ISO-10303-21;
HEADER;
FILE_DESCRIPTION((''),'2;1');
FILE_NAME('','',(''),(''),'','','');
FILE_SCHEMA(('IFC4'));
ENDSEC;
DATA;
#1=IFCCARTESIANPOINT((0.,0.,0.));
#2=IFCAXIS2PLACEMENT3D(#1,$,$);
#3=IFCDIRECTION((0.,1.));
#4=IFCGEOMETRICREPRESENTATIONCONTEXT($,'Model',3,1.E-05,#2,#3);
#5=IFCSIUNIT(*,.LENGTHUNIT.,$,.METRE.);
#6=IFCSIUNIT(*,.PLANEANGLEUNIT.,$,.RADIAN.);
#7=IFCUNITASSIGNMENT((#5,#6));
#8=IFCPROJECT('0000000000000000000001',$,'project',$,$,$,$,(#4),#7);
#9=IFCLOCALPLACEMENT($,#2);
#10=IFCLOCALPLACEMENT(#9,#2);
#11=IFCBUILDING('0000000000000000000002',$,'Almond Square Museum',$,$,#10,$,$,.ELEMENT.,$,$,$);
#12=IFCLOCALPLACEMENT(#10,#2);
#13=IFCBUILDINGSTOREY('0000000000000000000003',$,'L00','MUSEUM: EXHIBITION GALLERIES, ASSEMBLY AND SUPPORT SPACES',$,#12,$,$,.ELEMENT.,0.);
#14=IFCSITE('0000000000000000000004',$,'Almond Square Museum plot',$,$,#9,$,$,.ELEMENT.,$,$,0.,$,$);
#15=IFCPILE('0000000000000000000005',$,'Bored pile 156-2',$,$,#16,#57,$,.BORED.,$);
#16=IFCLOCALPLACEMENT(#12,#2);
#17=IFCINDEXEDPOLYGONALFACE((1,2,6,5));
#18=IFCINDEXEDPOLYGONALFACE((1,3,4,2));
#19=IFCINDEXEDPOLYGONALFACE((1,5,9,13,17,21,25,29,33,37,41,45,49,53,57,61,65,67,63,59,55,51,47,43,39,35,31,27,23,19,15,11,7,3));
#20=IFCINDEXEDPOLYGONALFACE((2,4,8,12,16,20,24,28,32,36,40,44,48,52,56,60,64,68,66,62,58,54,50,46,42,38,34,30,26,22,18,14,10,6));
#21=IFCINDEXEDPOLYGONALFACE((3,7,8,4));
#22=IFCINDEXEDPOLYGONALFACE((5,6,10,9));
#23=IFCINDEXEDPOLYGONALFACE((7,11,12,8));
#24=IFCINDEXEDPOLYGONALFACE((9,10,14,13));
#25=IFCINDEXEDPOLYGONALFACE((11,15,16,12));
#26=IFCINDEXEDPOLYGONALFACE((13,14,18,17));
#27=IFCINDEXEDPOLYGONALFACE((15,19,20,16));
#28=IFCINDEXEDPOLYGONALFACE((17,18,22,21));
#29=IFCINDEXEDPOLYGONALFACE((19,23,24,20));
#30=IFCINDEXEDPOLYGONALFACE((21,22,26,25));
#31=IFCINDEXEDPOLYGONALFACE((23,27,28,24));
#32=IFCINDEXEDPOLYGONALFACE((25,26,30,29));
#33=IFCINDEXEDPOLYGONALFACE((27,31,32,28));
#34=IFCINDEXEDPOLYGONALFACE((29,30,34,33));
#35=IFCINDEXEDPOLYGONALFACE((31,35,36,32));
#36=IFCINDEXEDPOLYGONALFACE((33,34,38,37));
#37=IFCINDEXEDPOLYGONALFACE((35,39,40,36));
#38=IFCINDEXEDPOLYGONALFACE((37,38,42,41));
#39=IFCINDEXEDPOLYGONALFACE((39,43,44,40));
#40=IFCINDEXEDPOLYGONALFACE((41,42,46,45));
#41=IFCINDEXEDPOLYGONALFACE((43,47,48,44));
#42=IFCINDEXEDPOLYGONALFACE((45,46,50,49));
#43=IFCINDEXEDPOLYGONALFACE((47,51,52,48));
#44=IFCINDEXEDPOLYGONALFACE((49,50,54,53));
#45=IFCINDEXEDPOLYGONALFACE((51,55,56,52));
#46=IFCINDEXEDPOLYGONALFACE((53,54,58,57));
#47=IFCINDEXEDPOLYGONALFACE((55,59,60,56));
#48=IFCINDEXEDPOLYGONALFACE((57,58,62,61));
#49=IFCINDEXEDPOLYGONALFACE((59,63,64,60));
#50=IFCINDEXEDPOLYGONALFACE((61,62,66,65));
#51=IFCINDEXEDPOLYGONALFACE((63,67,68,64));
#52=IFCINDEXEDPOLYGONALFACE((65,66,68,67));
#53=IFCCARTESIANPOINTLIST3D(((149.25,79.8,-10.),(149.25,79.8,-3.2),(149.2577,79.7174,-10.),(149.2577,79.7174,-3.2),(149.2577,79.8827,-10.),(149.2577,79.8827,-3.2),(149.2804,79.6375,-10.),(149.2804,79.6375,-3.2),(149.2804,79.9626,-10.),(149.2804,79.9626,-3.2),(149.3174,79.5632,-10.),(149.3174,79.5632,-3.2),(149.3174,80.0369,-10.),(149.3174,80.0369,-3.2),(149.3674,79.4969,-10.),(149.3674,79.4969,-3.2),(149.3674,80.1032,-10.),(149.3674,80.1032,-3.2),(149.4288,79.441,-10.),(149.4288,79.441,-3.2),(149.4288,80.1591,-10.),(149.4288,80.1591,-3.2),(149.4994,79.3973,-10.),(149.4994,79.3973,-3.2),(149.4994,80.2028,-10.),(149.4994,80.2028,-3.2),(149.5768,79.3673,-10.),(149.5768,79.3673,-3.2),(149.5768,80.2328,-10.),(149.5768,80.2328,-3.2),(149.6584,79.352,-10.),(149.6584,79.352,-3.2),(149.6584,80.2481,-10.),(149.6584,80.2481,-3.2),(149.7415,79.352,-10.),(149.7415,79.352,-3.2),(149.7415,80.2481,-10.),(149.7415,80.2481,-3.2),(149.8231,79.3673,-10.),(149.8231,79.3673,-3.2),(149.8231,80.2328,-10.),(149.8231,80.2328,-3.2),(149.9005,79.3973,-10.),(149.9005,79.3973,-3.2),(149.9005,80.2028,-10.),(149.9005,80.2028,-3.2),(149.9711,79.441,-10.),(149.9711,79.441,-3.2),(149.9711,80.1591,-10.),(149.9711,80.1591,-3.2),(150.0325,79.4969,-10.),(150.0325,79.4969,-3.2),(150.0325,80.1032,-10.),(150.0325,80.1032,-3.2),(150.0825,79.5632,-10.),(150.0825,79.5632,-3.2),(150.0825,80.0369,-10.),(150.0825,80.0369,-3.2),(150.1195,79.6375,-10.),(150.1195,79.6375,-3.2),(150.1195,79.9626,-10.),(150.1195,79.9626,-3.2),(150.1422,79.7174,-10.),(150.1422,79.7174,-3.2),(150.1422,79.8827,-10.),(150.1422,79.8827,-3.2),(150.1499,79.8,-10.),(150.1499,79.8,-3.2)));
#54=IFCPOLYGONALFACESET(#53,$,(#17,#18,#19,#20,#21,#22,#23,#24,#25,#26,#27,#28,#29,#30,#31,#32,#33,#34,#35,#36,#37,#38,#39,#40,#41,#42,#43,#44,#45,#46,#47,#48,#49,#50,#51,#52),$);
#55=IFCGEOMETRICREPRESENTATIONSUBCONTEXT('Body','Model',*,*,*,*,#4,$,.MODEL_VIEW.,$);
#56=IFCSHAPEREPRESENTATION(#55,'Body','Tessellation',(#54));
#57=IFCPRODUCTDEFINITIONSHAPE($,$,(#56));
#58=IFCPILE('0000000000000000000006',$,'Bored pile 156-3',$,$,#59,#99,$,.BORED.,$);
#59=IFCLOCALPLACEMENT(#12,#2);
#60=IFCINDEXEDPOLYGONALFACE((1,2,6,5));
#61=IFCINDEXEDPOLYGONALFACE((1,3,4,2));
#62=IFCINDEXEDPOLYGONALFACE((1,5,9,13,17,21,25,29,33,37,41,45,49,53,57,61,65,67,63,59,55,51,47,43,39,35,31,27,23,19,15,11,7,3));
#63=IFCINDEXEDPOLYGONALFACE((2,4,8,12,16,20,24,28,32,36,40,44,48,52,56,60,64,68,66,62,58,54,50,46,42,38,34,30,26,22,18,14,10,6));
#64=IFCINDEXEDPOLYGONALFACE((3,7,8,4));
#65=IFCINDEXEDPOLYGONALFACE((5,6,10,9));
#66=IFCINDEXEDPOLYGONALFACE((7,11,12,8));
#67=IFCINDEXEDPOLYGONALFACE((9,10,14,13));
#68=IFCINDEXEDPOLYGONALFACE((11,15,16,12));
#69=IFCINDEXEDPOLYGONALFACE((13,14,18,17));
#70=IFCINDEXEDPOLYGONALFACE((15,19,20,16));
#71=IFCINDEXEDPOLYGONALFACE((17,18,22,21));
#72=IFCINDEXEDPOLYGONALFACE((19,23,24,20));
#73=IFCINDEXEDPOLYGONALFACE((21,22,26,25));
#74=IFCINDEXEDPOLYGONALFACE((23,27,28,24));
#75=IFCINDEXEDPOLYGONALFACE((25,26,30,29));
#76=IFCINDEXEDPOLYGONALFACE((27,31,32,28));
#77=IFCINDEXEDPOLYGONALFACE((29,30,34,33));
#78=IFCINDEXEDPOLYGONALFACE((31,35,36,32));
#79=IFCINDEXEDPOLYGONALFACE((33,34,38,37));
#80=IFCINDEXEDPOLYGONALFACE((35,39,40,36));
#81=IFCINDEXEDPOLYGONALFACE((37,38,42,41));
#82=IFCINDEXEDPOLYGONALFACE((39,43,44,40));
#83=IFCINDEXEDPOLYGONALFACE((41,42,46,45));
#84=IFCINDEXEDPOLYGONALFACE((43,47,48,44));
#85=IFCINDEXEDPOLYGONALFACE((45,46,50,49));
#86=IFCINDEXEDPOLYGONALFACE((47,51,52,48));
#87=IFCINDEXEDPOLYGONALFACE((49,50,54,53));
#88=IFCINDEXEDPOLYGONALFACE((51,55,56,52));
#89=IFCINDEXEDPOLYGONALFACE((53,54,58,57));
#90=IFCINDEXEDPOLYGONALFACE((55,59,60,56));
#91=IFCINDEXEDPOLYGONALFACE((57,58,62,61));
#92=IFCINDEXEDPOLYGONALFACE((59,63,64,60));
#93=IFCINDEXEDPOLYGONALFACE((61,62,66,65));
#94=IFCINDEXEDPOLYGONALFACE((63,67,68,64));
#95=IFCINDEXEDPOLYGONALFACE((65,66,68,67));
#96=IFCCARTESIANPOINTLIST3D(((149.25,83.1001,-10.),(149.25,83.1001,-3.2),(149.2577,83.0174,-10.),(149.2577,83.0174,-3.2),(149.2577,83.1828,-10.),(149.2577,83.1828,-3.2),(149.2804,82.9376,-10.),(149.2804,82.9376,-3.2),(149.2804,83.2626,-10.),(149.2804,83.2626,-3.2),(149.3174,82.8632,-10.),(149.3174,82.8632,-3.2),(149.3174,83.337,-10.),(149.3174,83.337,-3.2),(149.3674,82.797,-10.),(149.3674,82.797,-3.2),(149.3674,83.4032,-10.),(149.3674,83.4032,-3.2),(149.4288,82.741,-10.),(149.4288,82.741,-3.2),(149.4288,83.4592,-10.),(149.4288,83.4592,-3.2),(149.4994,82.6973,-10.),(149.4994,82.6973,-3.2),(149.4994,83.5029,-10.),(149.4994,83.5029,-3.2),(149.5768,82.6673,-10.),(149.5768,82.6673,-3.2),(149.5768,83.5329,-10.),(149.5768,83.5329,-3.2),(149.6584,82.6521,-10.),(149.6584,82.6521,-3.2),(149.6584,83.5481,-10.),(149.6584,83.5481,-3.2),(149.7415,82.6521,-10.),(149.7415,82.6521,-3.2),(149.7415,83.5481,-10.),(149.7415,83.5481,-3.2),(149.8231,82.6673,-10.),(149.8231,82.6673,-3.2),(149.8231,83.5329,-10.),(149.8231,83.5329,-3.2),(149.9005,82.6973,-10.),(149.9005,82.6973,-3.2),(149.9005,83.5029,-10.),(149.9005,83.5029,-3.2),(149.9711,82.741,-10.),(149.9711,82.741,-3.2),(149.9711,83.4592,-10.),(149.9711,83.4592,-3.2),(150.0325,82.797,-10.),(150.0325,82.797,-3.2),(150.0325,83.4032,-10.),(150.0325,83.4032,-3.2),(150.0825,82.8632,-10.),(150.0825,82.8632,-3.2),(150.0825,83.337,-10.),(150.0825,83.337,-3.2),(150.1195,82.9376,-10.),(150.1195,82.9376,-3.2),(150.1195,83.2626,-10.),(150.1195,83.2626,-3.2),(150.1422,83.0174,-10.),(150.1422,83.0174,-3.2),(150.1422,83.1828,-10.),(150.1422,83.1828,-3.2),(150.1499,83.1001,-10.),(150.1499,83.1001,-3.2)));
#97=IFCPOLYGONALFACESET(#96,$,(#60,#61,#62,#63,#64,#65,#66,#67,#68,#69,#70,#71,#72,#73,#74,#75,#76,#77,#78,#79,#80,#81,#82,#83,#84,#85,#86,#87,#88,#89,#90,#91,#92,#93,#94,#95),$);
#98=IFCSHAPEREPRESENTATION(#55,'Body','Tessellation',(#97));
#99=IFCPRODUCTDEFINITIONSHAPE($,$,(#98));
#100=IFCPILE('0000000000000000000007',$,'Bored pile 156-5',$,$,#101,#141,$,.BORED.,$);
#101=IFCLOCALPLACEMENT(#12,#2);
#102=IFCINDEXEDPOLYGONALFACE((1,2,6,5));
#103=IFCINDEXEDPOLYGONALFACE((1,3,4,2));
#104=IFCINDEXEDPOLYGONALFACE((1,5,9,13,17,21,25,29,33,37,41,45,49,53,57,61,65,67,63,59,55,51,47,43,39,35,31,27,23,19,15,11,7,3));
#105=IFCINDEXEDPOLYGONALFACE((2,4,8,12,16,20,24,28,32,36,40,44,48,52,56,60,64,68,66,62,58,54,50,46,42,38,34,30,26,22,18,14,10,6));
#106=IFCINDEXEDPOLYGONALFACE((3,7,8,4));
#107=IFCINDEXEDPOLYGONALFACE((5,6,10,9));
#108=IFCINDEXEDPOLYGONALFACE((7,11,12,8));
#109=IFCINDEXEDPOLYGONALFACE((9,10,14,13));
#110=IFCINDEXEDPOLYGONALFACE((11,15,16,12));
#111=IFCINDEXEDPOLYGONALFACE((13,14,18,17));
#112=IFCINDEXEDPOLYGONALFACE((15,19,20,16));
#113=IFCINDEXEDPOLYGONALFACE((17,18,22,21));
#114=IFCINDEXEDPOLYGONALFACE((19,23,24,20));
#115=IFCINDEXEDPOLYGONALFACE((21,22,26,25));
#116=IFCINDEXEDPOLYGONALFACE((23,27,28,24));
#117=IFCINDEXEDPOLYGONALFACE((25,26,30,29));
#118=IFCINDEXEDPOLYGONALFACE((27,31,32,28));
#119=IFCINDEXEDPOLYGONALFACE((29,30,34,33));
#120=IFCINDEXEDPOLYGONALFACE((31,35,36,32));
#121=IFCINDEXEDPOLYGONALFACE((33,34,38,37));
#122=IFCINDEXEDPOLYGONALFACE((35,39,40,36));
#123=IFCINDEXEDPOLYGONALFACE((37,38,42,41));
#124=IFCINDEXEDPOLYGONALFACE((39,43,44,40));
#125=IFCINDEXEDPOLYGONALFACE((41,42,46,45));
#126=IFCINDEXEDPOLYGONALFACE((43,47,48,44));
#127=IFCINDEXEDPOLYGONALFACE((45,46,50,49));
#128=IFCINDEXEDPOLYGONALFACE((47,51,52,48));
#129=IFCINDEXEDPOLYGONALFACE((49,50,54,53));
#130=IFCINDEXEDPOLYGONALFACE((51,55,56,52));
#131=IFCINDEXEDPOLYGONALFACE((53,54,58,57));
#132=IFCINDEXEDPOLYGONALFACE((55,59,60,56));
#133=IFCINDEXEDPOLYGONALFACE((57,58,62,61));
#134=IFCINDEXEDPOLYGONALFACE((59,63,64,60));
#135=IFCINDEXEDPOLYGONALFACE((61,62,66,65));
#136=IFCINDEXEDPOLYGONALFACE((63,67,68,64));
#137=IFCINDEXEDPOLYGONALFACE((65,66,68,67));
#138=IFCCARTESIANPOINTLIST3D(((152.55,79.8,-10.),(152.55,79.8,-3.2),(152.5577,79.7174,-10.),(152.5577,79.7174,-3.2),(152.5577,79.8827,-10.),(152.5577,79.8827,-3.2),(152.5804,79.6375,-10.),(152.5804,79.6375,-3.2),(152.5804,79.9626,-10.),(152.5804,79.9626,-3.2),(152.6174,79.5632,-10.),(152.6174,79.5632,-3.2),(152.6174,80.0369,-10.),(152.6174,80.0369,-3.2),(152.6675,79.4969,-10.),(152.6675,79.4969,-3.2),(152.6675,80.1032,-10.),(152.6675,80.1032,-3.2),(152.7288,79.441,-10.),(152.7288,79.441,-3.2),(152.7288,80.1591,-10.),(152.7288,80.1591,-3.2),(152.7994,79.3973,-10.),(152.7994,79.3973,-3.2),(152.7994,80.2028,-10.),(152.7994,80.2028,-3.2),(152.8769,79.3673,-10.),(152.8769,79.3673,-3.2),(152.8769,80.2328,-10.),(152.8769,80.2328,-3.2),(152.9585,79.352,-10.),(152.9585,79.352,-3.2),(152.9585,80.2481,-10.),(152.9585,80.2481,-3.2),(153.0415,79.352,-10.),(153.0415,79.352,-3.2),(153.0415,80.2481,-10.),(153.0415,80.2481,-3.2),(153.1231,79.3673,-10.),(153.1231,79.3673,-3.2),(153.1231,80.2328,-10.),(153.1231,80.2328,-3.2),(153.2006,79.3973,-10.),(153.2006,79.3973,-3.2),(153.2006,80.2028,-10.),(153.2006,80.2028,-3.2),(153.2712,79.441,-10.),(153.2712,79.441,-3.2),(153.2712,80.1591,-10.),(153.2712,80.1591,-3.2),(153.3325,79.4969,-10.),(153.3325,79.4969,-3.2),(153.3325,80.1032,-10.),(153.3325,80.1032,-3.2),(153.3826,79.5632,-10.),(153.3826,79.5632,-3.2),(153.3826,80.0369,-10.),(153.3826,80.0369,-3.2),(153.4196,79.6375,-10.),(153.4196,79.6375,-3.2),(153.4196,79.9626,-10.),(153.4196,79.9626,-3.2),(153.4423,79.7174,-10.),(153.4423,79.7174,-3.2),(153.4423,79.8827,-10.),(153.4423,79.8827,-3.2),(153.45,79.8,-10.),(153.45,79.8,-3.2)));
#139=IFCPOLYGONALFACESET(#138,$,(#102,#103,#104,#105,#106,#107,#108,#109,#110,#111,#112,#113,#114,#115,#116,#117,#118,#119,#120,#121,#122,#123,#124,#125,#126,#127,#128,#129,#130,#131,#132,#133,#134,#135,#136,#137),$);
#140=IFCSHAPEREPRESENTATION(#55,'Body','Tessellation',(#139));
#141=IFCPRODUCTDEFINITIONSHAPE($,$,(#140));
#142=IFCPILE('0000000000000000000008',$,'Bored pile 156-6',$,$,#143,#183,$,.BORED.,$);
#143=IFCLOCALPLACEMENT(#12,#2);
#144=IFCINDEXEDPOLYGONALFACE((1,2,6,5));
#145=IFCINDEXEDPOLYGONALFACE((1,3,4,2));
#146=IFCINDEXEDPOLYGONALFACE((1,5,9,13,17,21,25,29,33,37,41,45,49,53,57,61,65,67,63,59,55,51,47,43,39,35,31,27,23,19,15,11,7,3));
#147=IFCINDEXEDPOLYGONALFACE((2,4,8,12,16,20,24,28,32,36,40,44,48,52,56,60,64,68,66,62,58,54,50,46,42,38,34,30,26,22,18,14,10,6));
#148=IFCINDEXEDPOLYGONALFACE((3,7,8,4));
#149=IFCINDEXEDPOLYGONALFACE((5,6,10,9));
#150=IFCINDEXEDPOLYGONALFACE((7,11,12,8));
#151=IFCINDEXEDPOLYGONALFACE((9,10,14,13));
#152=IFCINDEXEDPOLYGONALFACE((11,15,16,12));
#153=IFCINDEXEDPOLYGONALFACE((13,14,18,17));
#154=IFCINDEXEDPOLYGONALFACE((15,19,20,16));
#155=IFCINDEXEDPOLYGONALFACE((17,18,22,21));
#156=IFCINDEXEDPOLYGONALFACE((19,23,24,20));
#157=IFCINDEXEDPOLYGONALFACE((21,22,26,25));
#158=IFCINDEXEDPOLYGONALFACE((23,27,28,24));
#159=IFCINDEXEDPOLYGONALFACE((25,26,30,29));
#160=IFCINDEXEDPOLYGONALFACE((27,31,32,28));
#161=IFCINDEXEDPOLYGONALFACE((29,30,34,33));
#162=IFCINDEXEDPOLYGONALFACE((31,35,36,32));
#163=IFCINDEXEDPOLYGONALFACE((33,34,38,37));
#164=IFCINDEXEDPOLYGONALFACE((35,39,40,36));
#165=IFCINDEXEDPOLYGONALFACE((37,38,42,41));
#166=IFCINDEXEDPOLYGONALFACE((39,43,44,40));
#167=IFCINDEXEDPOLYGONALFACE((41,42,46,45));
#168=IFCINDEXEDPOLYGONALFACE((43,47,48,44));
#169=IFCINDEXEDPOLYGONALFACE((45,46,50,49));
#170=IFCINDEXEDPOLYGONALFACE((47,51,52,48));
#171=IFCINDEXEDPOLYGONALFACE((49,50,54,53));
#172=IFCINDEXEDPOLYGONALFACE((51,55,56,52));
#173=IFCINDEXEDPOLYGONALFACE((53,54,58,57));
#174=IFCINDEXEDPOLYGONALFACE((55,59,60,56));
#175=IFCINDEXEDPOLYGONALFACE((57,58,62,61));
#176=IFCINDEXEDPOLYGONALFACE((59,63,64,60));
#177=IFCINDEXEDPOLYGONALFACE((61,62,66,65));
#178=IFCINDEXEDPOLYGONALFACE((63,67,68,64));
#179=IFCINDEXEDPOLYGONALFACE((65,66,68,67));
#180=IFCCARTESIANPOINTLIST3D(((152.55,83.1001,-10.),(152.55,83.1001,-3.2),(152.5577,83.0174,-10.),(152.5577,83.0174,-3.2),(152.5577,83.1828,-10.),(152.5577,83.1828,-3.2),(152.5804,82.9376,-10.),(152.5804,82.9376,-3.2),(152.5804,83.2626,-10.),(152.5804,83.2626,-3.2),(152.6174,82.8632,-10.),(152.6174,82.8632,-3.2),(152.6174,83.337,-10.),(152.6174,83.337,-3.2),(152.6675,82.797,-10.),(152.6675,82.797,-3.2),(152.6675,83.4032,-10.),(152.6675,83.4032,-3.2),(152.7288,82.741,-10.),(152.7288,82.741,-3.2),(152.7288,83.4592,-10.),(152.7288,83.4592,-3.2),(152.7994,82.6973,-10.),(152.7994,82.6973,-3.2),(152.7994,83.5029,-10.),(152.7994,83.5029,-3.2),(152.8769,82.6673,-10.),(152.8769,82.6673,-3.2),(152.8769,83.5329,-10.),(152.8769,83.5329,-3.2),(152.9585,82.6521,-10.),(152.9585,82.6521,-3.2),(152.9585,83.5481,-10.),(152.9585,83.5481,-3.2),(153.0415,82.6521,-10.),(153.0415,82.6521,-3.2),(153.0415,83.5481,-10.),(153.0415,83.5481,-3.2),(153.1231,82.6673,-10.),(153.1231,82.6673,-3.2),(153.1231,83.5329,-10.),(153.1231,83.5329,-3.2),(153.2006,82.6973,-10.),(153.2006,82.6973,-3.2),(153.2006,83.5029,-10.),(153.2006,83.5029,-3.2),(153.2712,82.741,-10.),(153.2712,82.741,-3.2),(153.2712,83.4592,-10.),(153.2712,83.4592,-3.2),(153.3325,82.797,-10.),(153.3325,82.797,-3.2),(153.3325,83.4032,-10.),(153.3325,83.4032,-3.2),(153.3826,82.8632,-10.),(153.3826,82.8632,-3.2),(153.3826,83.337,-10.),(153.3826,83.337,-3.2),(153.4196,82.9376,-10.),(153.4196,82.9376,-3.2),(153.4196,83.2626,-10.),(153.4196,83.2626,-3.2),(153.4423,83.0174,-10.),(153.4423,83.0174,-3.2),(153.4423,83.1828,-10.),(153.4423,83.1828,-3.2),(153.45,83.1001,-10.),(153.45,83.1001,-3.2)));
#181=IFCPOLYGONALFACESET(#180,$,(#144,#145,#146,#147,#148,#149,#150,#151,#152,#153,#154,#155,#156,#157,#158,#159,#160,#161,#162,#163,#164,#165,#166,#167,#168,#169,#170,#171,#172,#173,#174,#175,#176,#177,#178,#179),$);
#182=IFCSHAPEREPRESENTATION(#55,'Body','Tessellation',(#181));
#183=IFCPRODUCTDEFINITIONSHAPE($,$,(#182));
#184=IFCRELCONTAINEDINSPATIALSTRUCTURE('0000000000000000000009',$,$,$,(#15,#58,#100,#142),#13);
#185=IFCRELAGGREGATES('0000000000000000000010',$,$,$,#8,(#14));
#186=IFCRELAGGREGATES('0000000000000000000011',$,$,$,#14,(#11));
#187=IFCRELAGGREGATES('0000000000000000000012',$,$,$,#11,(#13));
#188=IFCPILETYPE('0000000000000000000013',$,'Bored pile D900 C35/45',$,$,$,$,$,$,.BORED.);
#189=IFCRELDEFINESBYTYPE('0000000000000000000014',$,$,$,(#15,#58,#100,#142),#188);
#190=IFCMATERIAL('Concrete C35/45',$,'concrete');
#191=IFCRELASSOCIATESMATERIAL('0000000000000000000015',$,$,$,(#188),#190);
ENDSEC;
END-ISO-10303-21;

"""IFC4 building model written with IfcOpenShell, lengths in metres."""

from ifc_helpers import new_model, si_unit, direction, frame, origin, origin_2d, place, context, subcontext, project, spatial, circle, extrude, material, material_profile, profile_set, type_object, element, save


model = new_model("IFC4")

# Units and contexts
model_context = context("Model", 3, precision=1e-05, world=origin(), true_north=direction((0.0, 1.0)))
body_context = subcontext(model_context, "Body", "Model", "MODEL_VIEW")
ifc_project = project(units=[si_unit("LENGTHUNIT", "METRE"), si_unit("PLANEANGLEUNIT", "RADIAN")], contexts=[model_context])

# Site, building, storey
site_placement = place(None, origin())
site = spatial("IfcSite", under=ifc_project, at=site_placement, Name="Almond Square Museum plot", CompositionType="ELEMENT", RefElevation=0.0)
building_placement = place(site_placement, origin())
building = spatial("IfcBuilding", under=site, at=building_placement, Name="Almond Square Museum", CompositionType="ELEMENT")
storey_placement = place(building_placement, origin())
storey = spatial("IfcBuildingStorey", under=building, at=storey_placement, Name="L00", Description="MUSEUM: EXHIBITION GALLERIES, ASSEMBLY AND SUPPORT SPACES", CompositionType="ELEMENT", Elevation=0.0)

# Piles
ifc_material_1 = material(Name="Concrete C35/45", Category="concrete")
ifc_material_profile_1 = material_profile(ifc_material_1, circle(Radius=0.45, at=origin_2d()))
ifc_profile_set_1 = profile_set([ifc_material_profile_1], Name="Concrete C35/45")
pile_type = type_object("IfcPileType", Name="Bored pile D900 C35/45", PredefinedType="BORED", material=ifc_profile_set_1)
for number, where, z_axis, x_axis, name in (
    (1, (149.7, 79.8, -3.2), (0.0, 0.0, -1.0), (1.0, 0.0, 0.0), "Bored pile 156-2"),
    (2, (149.7, 83.1001, -3.2), (0.0, 0.0, -1.0), (1.0, 0.0, 0.0), "Bored pile 156-3"),
    (3, (153.0, 79.8, -3.2), (0.0, 0.0, -1.0), (1.0, 0.0, 0.0), "Bored pile 156-5"),
    (4, (153.0, 83.1001, -3.2), (0.0, 0.0, -1.0), (1.0, 0.0, 0.0), "Bored pile 156-6"),
):
    element("IfcPile", number, at=place(storey_placement, frame(where, z_axis=z_axis, x_axis=x_axis)), inside=storey, type_object=pile_type, Name=name, PredefinedType="BORED", context=body_context, shape_type="SweptSolid", body=[
        extrude(circle(Radius=0.45, at=origin_2d()), origin(), (0.0, 0.0, 1.0), 6.8),
    ])

save(model, "model.ifc")
